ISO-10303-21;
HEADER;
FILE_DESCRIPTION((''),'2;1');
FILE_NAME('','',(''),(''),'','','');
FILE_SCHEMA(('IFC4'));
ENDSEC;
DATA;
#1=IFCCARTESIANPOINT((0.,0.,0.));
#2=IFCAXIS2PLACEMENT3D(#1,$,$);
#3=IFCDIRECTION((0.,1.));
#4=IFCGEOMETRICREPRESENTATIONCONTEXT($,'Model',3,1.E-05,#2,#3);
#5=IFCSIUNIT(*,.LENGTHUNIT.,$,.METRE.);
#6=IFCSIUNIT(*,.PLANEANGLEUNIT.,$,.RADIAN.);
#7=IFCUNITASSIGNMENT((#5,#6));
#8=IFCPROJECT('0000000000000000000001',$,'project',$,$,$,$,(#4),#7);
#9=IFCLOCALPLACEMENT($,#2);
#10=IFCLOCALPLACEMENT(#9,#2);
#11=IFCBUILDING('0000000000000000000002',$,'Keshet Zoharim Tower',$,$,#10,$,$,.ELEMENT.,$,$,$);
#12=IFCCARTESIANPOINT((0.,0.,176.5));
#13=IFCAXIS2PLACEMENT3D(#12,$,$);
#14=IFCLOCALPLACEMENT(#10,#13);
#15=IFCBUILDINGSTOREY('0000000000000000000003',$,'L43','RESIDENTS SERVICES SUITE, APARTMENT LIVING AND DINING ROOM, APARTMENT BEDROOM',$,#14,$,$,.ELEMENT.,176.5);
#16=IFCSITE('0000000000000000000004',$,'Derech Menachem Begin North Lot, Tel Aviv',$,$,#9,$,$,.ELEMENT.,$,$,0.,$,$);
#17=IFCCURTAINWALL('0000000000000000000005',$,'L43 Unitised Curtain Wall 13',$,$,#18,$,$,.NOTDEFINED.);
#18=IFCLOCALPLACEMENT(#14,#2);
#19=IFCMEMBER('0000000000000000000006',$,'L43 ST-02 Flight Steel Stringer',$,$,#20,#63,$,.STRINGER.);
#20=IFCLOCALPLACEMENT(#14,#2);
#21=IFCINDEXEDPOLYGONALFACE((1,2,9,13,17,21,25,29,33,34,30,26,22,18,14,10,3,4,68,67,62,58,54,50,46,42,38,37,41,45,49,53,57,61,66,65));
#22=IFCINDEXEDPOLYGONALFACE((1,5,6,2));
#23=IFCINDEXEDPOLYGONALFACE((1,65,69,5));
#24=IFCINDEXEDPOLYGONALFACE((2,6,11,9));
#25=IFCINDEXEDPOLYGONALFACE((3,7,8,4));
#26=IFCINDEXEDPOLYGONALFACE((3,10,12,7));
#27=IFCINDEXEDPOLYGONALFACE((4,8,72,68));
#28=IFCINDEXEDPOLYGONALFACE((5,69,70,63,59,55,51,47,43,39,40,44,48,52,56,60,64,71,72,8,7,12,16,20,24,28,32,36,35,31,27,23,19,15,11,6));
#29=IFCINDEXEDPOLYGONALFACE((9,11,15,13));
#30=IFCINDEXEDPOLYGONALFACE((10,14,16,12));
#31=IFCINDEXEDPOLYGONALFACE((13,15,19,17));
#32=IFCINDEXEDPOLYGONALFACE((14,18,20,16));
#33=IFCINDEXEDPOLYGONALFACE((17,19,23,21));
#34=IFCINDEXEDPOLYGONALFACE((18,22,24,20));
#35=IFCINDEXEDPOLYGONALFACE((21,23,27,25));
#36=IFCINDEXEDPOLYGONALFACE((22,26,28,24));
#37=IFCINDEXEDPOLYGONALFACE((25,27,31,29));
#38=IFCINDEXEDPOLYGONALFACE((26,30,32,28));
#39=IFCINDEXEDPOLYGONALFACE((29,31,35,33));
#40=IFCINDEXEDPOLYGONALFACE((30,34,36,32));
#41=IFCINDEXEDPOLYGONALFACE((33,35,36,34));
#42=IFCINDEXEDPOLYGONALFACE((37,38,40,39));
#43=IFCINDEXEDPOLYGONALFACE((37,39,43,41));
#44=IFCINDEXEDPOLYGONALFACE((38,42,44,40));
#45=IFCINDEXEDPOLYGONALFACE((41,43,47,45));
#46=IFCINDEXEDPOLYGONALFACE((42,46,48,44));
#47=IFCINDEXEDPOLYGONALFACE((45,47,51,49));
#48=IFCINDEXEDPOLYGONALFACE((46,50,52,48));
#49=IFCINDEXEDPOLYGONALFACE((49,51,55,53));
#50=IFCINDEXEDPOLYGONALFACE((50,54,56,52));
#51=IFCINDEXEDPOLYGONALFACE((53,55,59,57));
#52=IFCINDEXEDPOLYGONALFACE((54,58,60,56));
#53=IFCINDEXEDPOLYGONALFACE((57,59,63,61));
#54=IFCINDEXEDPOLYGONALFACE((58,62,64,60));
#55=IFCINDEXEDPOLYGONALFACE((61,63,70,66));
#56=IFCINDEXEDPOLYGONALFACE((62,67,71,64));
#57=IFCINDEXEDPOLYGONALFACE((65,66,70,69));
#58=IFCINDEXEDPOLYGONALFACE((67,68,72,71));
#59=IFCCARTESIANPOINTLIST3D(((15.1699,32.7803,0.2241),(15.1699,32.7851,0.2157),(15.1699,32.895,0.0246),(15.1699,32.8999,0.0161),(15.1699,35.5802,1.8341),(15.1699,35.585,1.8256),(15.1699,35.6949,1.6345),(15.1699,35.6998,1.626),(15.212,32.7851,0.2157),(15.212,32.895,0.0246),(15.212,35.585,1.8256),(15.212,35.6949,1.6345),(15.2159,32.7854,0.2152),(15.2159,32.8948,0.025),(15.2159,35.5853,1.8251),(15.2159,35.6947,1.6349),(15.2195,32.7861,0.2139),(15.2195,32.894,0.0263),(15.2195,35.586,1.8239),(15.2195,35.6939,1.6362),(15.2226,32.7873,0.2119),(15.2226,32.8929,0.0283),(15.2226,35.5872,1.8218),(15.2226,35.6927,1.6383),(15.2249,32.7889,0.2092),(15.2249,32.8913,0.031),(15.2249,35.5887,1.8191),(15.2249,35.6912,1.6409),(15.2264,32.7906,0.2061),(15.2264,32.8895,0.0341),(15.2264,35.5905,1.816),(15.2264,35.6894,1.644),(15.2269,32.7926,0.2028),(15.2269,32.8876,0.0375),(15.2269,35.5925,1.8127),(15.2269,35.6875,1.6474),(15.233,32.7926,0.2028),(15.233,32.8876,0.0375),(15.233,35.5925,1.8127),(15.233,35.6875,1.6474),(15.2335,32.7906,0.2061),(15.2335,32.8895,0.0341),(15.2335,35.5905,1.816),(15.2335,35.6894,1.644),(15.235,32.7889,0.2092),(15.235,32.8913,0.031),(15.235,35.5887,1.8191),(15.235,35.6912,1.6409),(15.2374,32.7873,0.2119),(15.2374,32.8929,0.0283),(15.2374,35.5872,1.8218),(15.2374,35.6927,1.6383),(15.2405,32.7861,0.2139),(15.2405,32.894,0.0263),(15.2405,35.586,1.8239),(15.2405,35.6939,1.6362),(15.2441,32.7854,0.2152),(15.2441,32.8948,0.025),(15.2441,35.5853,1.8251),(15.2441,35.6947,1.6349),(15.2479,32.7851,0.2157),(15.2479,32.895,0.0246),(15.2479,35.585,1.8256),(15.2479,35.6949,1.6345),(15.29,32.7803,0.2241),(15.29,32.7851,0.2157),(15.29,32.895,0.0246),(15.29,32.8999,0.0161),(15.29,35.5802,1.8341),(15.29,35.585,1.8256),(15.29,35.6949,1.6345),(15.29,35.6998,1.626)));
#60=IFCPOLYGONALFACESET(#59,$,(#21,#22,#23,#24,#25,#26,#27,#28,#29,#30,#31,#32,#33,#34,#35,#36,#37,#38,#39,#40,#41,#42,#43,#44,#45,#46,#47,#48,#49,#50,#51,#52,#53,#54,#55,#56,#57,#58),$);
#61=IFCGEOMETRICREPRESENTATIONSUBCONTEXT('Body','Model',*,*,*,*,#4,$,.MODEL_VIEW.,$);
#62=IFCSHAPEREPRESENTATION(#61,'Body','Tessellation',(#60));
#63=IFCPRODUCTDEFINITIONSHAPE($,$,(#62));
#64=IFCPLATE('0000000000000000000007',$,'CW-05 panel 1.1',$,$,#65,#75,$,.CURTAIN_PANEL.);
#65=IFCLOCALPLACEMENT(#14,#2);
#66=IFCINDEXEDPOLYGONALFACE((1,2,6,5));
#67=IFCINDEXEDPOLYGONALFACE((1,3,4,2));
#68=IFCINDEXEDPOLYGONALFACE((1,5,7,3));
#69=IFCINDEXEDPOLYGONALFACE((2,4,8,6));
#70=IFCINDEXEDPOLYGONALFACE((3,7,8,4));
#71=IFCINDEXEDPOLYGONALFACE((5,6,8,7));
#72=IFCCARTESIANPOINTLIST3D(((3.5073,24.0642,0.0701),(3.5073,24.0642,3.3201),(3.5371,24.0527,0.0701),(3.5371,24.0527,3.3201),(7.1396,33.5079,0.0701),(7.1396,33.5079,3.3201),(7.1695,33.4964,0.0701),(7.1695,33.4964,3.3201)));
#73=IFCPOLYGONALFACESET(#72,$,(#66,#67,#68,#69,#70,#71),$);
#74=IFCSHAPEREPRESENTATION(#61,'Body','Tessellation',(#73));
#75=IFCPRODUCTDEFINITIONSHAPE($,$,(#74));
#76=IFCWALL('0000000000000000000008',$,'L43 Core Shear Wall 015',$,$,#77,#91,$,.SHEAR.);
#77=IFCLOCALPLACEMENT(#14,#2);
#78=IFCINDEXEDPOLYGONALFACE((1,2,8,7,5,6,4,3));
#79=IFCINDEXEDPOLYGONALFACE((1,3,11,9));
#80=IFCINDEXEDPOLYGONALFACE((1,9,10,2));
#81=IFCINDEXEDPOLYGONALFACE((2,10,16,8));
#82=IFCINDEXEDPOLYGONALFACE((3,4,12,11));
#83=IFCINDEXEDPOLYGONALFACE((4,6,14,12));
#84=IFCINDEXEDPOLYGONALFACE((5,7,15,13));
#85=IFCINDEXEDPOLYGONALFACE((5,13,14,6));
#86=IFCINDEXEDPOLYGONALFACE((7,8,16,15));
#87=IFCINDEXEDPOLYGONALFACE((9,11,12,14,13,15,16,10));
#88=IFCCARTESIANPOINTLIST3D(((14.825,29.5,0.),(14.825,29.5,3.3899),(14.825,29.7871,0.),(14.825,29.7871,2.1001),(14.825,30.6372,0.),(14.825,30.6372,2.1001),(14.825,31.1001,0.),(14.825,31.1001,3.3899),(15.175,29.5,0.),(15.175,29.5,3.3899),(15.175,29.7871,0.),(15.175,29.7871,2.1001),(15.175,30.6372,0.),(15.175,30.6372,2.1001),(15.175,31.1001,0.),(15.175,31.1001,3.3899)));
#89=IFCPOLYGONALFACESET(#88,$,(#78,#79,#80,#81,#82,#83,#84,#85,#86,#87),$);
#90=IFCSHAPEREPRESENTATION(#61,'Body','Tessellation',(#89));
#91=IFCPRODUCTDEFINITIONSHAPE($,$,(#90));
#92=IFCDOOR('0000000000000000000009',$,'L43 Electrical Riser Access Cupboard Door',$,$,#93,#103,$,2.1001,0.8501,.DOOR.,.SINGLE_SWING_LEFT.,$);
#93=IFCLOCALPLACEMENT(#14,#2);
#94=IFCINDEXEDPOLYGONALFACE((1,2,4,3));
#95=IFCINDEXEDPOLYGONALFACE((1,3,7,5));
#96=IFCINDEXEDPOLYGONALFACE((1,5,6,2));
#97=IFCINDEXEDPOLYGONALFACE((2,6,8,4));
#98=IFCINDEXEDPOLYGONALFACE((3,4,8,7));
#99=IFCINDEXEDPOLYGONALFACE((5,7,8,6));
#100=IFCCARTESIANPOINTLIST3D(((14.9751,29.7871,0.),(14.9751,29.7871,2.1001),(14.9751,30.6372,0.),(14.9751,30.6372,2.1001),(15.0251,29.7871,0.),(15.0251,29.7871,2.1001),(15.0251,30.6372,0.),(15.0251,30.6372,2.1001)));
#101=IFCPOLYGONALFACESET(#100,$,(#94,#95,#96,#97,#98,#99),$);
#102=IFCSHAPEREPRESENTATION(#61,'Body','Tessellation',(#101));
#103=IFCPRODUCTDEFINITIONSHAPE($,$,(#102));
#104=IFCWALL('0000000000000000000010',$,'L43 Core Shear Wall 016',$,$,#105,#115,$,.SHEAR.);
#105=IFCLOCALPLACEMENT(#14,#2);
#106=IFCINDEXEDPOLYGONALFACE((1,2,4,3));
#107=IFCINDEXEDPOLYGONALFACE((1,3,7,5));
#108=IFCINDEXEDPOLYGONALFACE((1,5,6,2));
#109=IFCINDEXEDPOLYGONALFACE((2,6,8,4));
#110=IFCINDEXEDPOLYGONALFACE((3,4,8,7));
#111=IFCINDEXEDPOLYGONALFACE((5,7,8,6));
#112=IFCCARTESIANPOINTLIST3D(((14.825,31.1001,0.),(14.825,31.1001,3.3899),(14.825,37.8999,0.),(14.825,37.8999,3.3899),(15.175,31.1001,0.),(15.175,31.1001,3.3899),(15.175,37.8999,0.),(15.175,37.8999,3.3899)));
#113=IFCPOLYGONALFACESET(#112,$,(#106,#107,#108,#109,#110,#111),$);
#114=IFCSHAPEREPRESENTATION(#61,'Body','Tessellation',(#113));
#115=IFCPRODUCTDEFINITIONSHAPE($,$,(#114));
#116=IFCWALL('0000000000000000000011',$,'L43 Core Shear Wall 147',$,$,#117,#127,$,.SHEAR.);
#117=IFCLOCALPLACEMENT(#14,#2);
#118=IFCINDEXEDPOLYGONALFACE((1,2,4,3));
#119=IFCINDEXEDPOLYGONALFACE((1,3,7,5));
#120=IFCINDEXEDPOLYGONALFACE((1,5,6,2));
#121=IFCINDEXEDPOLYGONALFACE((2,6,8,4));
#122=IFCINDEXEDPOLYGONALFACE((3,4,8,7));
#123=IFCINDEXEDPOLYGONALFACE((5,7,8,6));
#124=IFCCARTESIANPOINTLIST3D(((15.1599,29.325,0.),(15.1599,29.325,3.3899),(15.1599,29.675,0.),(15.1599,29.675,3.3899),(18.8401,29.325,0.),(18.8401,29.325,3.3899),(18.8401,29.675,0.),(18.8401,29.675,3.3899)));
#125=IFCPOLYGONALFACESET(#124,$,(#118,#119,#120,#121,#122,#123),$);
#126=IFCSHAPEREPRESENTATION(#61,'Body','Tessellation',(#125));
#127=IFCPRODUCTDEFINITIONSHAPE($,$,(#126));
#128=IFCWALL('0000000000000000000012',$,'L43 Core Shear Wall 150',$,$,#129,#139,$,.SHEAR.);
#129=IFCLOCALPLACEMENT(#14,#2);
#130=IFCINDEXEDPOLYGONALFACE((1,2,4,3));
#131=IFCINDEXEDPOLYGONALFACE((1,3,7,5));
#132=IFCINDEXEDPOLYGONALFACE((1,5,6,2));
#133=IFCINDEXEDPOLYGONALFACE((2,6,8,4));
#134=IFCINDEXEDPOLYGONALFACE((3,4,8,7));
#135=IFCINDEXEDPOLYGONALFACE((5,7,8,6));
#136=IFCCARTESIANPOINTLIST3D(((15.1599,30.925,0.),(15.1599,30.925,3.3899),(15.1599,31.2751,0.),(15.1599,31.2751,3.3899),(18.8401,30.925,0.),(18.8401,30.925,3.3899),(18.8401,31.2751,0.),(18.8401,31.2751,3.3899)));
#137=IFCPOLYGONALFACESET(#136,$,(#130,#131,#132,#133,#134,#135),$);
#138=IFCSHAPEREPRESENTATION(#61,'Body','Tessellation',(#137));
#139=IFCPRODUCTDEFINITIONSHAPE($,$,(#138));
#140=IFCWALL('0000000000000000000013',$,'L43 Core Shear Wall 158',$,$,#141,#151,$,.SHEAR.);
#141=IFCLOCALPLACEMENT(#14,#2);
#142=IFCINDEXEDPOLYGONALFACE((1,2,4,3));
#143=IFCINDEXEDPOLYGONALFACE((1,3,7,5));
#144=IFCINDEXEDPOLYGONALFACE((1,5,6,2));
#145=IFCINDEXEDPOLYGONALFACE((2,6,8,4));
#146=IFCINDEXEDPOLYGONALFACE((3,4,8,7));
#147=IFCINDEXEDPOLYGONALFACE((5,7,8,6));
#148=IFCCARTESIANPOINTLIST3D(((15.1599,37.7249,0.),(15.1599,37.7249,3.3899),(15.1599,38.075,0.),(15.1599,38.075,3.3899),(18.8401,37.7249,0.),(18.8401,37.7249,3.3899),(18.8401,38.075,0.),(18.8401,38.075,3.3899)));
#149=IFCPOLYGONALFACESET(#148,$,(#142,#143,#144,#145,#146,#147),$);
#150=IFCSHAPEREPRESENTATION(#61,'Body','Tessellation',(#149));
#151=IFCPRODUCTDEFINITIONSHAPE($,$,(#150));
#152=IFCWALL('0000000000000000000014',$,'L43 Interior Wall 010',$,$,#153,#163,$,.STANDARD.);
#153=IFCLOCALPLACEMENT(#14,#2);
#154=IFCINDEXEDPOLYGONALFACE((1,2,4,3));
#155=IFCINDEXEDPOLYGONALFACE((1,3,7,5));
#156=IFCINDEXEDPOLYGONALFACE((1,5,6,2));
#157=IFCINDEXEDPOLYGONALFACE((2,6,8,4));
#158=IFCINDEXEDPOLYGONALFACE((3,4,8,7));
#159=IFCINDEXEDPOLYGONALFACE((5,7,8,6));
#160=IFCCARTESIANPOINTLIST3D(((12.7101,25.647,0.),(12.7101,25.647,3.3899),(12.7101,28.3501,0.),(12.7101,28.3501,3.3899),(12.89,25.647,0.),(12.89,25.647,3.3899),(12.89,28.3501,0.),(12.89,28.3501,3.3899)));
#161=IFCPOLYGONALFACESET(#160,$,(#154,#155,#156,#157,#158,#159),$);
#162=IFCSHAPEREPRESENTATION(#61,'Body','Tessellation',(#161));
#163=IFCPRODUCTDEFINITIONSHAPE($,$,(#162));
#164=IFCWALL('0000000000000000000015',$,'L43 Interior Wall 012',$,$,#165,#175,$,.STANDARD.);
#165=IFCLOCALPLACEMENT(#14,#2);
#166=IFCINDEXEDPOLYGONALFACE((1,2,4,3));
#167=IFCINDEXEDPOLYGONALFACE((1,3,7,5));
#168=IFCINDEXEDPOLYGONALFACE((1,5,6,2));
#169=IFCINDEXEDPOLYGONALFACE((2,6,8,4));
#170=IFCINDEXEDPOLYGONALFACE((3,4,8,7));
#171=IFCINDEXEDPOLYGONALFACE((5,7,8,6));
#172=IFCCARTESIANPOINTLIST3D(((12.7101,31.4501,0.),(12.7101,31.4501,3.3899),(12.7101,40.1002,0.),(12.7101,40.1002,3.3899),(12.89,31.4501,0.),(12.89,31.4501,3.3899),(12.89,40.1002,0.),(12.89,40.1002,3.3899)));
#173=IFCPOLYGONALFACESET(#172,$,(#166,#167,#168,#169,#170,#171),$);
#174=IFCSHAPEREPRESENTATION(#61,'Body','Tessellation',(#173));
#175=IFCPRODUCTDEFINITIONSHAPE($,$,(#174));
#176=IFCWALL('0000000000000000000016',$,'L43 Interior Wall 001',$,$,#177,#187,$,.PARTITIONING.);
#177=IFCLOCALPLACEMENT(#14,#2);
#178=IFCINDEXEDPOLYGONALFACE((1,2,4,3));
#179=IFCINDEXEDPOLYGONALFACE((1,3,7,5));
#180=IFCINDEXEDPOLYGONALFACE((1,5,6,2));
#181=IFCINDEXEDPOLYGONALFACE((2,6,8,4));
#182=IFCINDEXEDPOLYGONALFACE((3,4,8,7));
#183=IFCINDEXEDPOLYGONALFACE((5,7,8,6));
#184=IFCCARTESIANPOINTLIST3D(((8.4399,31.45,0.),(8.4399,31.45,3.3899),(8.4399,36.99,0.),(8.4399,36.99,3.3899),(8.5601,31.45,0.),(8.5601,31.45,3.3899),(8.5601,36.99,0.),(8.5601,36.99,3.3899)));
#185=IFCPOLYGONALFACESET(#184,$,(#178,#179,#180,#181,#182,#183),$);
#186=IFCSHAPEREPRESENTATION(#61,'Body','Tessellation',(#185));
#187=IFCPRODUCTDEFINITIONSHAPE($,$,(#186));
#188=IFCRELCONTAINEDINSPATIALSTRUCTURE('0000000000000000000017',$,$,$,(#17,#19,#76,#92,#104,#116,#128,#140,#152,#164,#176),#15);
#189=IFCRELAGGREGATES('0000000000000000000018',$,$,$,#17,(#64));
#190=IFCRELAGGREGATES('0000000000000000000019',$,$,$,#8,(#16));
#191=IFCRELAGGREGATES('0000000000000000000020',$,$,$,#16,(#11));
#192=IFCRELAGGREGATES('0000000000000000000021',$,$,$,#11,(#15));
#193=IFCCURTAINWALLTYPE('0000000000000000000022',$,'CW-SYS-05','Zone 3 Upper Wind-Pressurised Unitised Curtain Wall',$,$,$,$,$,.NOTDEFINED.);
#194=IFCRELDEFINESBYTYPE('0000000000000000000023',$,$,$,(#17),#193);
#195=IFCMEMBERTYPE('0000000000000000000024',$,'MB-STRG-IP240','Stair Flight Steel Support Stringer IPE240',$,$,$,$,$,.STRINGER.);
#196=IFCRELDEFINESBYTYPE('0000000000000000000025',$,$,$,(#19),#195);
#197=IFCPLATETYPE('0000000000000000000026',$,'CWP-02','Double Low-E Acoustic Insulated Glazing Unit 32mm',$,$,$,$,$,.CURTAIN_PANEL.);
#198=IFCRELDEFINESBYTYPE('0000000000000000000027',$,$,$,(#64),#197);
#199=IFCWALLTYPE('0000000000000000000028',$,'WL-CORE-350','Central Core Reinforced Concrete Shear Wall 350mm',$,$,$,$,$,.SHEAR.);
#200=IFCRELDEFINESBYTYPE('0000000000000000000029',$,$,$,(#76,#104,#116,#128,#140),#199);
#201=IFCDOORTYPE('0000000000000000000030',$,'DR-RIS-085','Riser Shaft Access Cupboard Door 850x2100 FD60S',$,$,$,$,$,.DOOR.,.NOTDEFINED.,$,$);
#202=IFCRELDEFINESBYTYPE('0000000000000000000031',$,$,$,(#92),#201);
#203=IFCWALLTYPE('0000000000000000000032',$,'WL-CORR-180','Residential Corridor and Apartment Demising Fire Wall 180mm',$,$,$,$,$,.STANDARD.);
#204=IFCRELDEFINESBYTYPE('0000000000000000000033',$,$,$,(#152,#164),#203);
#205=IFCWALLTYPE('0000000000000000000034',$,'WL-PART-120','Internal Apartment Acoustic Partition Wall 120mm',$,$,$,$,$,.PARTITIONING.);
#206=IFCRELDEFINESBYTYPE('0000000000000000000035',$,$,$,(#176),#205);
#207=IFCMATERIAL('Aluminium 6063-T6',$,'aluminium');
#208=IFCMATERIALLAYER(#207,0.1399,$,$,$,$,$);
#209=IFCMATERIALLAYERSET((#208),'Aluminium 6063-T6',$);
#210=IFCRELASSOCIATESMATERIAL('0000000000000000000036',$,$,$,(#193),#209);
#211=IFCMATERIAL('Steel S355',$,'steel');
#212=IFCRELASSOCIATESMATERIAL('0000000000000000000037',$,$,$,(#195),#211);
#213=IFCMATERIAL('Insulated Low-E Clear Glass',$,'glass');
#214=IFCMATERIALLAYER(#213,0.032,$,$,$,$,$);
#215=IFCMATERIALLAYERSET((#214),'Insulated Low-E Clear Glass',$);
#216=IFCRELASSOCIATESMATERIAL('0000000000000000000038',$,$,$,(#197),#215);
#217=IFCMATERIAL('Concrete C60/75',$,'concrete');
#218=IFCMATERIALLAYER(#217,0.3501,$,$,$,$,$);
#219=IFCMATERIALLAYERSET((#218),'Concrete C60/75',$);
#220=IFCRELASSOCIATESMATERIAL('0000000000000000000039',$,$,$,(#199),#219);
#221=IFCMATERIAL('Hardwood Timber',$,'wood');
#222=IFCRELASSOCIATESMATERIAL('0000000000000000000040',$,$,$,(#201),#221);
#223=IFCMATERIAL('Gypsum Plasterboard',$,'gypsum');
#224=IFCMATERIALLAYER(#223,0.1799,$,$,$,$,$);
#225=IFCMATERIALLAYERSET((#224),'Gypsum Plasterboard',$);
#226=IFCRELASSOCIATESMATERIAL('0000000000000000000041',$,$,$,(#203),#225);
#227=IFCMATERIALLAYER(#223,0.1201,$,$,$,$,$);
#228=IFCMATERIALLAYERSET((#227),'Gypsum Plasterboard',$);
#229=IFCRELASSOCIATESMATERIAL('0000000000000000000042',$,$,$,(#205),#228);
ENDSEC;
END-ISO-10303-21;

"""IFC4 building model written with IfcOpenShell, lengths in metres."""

from ifc_helpers import new_model, si_unit, direction, frame, frame_2d, origin, origin_2d, place, context, subcontext, project, spatial, rectangle, i_section, extrude, material, layer, layer_set, material_profile, profile_set, type_object, element, fill, aggregate, save


model = new_model("IFC4")

# Units and contexts
model_context = context("Model", 3, precision=1e-05, world=origin(), true_north=direction((0.0, 1.0)))
body_context = subcontext(model_context, "Body", "Model", "MODEL_VIEW")
ifc_project = project(units=[si_unit("LENGTHUNIT", "METRE"), si_unit("PLANEANGLEUNIT", "RADIAN")], contexts=[model_context])

# Site, building, storey
site_placement = place(None, origin())
site = spatial("IfcSite", under=ifc_project, at=site_placement, Name="Derech Menachem Begin North Lot, Tel Aviv", CompositionType="ELEMENT", RefElevation=0.0)
building_placement = place(site_placement, origin())
building = spatial("IfcBuilding", under=site, at=building_placement, Name="Keshet Zoharim Tower", CompositionType="ELEMENT")
storey_placement = place(building_placement, frame((0.0, 0.0, 176.5)))
storey = spatial("IfcBuildingStorey", under=building, at=storey_placement, Name="L43", Description="RESIDENTS SERVICES SUITE, APARTMENT LIVING AND DINING ROOM, APARTMENT BEDROOM", CompositionType="ELEMENT", Elevation=176.5)

# Shared definitions
ifc_material_1 = material(Name="Steel S355", Category="steel")

# Curtain wall
ifc_material_2 = material(Name="Aluminium 6063-T6", Category="aluminium")
ifc_layer_1 = layer(ifc_material_2, 0.1399)
ifc_layer_set_1 = layer_set([ifc_layer_1], Name="Aluminium 6063-T6")
curtain_wall_type = type_object("IfcCurtainWallType", Name="CW-SYS-05", Description="Zone 3 Upper Wind-Pressurised Unitised Curtain Wall", PredefinedType="NOTDEFINED", material=ifc_layer_set_1)
curtain_wall_placement = place(storey_placement, origin())
curtain_wall = element("IfcCurtainWall", 1, at=curtain_wall_placement, inside=storey, type_object=curtain_wall_type, Name="L43 Unitised Curtain Wall 13", PredefinedType="NOTDEFINED")

# Member
ifc_material_profile_1 = material_profile(ifc_material_1, i_section(OverallWidth=0.1201, OverallDepth=0.24, WebThickness=0.0061, FlangeThickness=0.0098, FilletRadius=0.0149, at=origin_2d()), Name="IPE240")
ifc_profile_set_1 = profile_set([ifc_material_profile_1], Name="Steel S355")
member_type_1 = type_object("IfcMemberType", Name="MB-STRG-IP240", Description="Stair Flight Steel Support Stringer IPE240", PredefinedType="STRINGER", material=ifc_profile_set_1)
member_1_placement = place(storey_placement, frame((15.23, 32.8401, 0.1201), z_axis=(0.0, 0.86691, 0.498465), x_axis=(-1.0, 0.0, 0.0)))
element("IfcMember", 2, at=member_1_placement, inside=storey, type_object=member_type_1, Name="L43 ST-02 Flight Steel Stringer", PredefinedType="STRINGER", context=body_context, shape_type="SweptSolid", body=[
    extrude(i_section(OverallWidth=0.1201, OverallDepth=0.24, WebThickness=0.0061, FlangeThickness=0.0098, FilletRadius=0.0149, at=origin_2d()), origin(), (0.0, 0.0, 1.0), 3.2297),
])

# Plate
ifc_material_3 = material(Name="Insulated Low-E Clear Glass", Category="glass")
ifc_layer_2 = layer(ifc_material_3, 0.032)
ifc_layer_set_2 = layer_set([ifc_layer_2], Name="Insulated Low-E Clear Glass")
plate_type = type_object("IfcPlateType", Name="CWP-02", Description="Double Low-E Acoustic Insulated Glazing Unit 32mm", PredefinedType="CURTAIN_PANEL", material=ifc_layer_set_2)
plate_placement = place(storey_placement, frame((5.3384, 28.7803, 0.0701), z_axis=(0.0, 0.0, 1.0), x_axis=(0.35899, 0.933341, 0.0)))
plate = element("IfcPlate", 3, at=plate_placement, type_object=plate_type, Name="CW-05 panel 1.1", PredefinedType="CURTAIN_PANEL", context=body_context, shape_type="SweptSolid", body=[
    extrude(rectangle(XDim=10.1182, YDim=0.032, at=origin_2d()), origin(), (0.0, 0.0, 1.0), 3.25),
])
aggregate(curtain_wall, [plate])

# Wall, opening, door
ifc_material_4 = material(Name="Concrete C60/75", Category="concrete")
ifc_layer_3 = layer(ifc_material_4, 0.3501)
ifc_layer_set_3 = layer_set([ifc_layer_3], Name="Concrete C60/75")
wall_type_1 = type_object("IfcWallType", Name="WL-CORE-350", Description="Central Core Reinforced Concrete Shear Wall 350mm", PredefinedType="SHEAR", material=ifc_layer_set_3)
wall_1_placement = place(storey_placement, frame((15.0, 29.5, 0.0), z_axis=(0.0, 0.0, 1.0), x_axis=(0.0, 1.0, 0.0)))
wall_1 = element("IfcWall", 4, at=wall_1_placement, inside=storey, type_object=wall_type_1, Name="L43 Core Shear Wall 015", PredefinedType="SHEAR", context=body_context, shape_type="SweptSolid", body=[
    extrude(rectangle(XDim=1.6001, YDim=0.3501, at=frame_2d((0.8, 0.0))), origin(), (0.0, 0.0, 1.0), 3.3899),
])
opening_1_placement = place(wall_1_placement, frame((0.2871, 0.0, 0.0)))
opening_1 = element("IfcOpeningElement", 5, at=opening_1_placement, cuts=wall_1, PredefinedType="OPENING", context=body_context, shape_type="SweptSolid", body=[
    extrude(rectangle(XDim=0.8501, YDim=2.1001, at=frame_2d((0.425, 1.05))), frame((0.0, 0.1851, 0.0), z_axis=(0.0, -1.0, 0.0), x_axis=(1.0, 0.0, 0.0)), (0.0, 0.0, 1.0), 0.3701),
])
ifc_material_5 = material(Name="Hardwood Timber", Category="wood")
door_type_1 = type_object("IfcDoorType", Name="DR-RIS-085", Description="Riser Shaft Access Cupboard Door 850x2100 FD60S", OperationType="NOTDEFINED", PredefinedType="DOOR", material=ifc_material_5)
door_1_placement = place(opening_1_placement, origin())
door_1 = element("IfcDoor", 6, at=door_1_placement, inside=storey, type_object=door_type_1, Name="L43 Electrical Riser Access Cupboard Door", OperationType="SINGLE_SWING_LEFT", OverallHeight=2.1001, OverallWidth=0.8501, PredefinedType="DOOR", context=body_context, shape_type="SweptSolid", body=[
    extrude(rectangle(XDim=0.8501, YDim=2.1001, at=frame_2d((0.425, 1.05))), frame((0.0, 0.0249, 0.0), z_axis=(0.0, -1.0, 0.0), x_axis=(1.0, 0.0, 0.0)), (0.0, 0.0, 1.0), 0.05),
])
fill(opening_1, door_1)

# Walls
wall_2_placement = place(storey_placement, frame((15.0, 31.1001, 0.0), z_axis=(0.0, 0.0, 1.0), x_axis=(0.0, 1.0, 0.0)))
element("IfcWall", 7, at=wall_2_placement, inside=storey, type_object=wall_type_1, Name="L43 Core Shear Wall 016", PredefinedType="SHEAR", context=body_context, shape_type="SweptSolid", body=[
    extrude(rectangle(XDim=6.7998, YDim=0.3501, at=frame_2d((3.3999, 0.0))), origin(), (0.0, 0.0, 1.0), 3.3899),
])
for number, where, z_axis, x_axis, name in (
    (8, (15.1599, 29.5, 0.0), (0.0, 0.0, 1.0), (1.0, 0.0, 0.0), "L43 Core Shear Wall 147"),
    (9, (15.1599, 31.1001, 0.0), (0.0, 0.0, 1.0), (1.0, 0.0, 0.0), "L43 Core Shear Wall 150"),
    (10, (15.1599, 37.8999, 0.0), (0.0, 0.0, 1.0), (1.0, 0.0, 0.0), "L43 Core Shear Wall 158"),
):
    element("IfcWall", number, at=place(storey_placement, frame(where, z_axis=z_axis, x_axis=x_axis)), inside=storey, type_object=wall_type_1, Name=name, PredefinedType="SHEAR", context=body_context, shape_type="SweptSolid", body=[
        extrude(rectangle(XDim=3.6802, YDim=0.3501, at=frame_2d((1.8401, 0.0))), origin(), (0.0, 0.0, 1.0), 3.3899),
    ])
ifc_material_6 = material(Name="Gypsum Plasterboard", Category="gypsum")
ifc_layer_4 = layer(ifc_material_6, 0.1799)
ifc_layer_set_4 = layer_set([ifc_layer_4], Name="Gypsum Plasterboard")
wall_type_2 = type_object("IfcWallType", Name="WL-CORR-180", Description="Residential Corridor and Apartment Demising Fire Wall 180mm", PredefinedType="STANDARD", material=ifc_layer_set_4)
wall_3_placement = place(storey_placement, frame((12.8, 25.647, 0.0), z_axis=(0.0, 0.0, 1.0), x_axis=(0.0, 1.0, 0.0)))
element("IfcWall", 11, at=wall_3_placement, inside=storey, type_object=wall_type_2, Name="L43 Interior Wall 010", PredefinedType="STANDARD", context=body_context, shape_type="SweptSolid", body=[
    extrude(rectangle(XDim=2.7031, YDim=0.1799, at=frame_2d((1.3516, 0.0))), origin(), (0.0, 0.0, 1.0), 3.3899),
])

# Walls
wall_4_placement = place(storey_placement, frame((12.8, 31.45, 0.0), z_axis=(0.0, 0.0, 1.0), x_axis=(0.0, 1.0, 0.0)))
element("IfcWall", 12, at=wall_4_placement, inside=storey, type_object=wall_type_2, Name="L43 Interior Wall 012", PredefinedType="STANDARD", context=body_context, shape_type="SweptSolid", body=[
    extrude(rectangle(XDim=8.6501, YDim=0.1799, at=frame_2d((4.3252, 0.0))), origin(), (0.0, 0.0, 1.0), 3.3899),
])
ifc_layer_5 = layer(ifc_material_6, 0.1201)
ifc_layer_set_5 = layer_set([ifc_layer_5], Name="Gypsum Plasterboard")
wall_type_3 = type_object("IfcWallType", Name="WL-PART-120", Description="Internal Apartment Acoustic Partition Wall 120mm", PredefinedType="PARTITIONING", material=ifc_layer_set_5)
wall_5_placement = place(storey_placement, frame((8.5, 31.45, 0.0), z_axis=(0.0, 0.0, 1.0), x_axis=(0.0, 1.0, 0.0)))
element("IfcWall", 13, at=wall_5_placement, inside=storey, type_object=wall_type_3, Name="L43 Interior Wall 001", PredefinedType="PARTITIONING", context=body_context, shape_type="SweptSolid", body=[
    extrude(rectangle(XDim=5.54, YDim=0.1201, at=frame_2d((2.77, 0.0))), origin(), (0.0, 0.0, 1.0), 3.3899),
])

save(model, "model.ifc")
